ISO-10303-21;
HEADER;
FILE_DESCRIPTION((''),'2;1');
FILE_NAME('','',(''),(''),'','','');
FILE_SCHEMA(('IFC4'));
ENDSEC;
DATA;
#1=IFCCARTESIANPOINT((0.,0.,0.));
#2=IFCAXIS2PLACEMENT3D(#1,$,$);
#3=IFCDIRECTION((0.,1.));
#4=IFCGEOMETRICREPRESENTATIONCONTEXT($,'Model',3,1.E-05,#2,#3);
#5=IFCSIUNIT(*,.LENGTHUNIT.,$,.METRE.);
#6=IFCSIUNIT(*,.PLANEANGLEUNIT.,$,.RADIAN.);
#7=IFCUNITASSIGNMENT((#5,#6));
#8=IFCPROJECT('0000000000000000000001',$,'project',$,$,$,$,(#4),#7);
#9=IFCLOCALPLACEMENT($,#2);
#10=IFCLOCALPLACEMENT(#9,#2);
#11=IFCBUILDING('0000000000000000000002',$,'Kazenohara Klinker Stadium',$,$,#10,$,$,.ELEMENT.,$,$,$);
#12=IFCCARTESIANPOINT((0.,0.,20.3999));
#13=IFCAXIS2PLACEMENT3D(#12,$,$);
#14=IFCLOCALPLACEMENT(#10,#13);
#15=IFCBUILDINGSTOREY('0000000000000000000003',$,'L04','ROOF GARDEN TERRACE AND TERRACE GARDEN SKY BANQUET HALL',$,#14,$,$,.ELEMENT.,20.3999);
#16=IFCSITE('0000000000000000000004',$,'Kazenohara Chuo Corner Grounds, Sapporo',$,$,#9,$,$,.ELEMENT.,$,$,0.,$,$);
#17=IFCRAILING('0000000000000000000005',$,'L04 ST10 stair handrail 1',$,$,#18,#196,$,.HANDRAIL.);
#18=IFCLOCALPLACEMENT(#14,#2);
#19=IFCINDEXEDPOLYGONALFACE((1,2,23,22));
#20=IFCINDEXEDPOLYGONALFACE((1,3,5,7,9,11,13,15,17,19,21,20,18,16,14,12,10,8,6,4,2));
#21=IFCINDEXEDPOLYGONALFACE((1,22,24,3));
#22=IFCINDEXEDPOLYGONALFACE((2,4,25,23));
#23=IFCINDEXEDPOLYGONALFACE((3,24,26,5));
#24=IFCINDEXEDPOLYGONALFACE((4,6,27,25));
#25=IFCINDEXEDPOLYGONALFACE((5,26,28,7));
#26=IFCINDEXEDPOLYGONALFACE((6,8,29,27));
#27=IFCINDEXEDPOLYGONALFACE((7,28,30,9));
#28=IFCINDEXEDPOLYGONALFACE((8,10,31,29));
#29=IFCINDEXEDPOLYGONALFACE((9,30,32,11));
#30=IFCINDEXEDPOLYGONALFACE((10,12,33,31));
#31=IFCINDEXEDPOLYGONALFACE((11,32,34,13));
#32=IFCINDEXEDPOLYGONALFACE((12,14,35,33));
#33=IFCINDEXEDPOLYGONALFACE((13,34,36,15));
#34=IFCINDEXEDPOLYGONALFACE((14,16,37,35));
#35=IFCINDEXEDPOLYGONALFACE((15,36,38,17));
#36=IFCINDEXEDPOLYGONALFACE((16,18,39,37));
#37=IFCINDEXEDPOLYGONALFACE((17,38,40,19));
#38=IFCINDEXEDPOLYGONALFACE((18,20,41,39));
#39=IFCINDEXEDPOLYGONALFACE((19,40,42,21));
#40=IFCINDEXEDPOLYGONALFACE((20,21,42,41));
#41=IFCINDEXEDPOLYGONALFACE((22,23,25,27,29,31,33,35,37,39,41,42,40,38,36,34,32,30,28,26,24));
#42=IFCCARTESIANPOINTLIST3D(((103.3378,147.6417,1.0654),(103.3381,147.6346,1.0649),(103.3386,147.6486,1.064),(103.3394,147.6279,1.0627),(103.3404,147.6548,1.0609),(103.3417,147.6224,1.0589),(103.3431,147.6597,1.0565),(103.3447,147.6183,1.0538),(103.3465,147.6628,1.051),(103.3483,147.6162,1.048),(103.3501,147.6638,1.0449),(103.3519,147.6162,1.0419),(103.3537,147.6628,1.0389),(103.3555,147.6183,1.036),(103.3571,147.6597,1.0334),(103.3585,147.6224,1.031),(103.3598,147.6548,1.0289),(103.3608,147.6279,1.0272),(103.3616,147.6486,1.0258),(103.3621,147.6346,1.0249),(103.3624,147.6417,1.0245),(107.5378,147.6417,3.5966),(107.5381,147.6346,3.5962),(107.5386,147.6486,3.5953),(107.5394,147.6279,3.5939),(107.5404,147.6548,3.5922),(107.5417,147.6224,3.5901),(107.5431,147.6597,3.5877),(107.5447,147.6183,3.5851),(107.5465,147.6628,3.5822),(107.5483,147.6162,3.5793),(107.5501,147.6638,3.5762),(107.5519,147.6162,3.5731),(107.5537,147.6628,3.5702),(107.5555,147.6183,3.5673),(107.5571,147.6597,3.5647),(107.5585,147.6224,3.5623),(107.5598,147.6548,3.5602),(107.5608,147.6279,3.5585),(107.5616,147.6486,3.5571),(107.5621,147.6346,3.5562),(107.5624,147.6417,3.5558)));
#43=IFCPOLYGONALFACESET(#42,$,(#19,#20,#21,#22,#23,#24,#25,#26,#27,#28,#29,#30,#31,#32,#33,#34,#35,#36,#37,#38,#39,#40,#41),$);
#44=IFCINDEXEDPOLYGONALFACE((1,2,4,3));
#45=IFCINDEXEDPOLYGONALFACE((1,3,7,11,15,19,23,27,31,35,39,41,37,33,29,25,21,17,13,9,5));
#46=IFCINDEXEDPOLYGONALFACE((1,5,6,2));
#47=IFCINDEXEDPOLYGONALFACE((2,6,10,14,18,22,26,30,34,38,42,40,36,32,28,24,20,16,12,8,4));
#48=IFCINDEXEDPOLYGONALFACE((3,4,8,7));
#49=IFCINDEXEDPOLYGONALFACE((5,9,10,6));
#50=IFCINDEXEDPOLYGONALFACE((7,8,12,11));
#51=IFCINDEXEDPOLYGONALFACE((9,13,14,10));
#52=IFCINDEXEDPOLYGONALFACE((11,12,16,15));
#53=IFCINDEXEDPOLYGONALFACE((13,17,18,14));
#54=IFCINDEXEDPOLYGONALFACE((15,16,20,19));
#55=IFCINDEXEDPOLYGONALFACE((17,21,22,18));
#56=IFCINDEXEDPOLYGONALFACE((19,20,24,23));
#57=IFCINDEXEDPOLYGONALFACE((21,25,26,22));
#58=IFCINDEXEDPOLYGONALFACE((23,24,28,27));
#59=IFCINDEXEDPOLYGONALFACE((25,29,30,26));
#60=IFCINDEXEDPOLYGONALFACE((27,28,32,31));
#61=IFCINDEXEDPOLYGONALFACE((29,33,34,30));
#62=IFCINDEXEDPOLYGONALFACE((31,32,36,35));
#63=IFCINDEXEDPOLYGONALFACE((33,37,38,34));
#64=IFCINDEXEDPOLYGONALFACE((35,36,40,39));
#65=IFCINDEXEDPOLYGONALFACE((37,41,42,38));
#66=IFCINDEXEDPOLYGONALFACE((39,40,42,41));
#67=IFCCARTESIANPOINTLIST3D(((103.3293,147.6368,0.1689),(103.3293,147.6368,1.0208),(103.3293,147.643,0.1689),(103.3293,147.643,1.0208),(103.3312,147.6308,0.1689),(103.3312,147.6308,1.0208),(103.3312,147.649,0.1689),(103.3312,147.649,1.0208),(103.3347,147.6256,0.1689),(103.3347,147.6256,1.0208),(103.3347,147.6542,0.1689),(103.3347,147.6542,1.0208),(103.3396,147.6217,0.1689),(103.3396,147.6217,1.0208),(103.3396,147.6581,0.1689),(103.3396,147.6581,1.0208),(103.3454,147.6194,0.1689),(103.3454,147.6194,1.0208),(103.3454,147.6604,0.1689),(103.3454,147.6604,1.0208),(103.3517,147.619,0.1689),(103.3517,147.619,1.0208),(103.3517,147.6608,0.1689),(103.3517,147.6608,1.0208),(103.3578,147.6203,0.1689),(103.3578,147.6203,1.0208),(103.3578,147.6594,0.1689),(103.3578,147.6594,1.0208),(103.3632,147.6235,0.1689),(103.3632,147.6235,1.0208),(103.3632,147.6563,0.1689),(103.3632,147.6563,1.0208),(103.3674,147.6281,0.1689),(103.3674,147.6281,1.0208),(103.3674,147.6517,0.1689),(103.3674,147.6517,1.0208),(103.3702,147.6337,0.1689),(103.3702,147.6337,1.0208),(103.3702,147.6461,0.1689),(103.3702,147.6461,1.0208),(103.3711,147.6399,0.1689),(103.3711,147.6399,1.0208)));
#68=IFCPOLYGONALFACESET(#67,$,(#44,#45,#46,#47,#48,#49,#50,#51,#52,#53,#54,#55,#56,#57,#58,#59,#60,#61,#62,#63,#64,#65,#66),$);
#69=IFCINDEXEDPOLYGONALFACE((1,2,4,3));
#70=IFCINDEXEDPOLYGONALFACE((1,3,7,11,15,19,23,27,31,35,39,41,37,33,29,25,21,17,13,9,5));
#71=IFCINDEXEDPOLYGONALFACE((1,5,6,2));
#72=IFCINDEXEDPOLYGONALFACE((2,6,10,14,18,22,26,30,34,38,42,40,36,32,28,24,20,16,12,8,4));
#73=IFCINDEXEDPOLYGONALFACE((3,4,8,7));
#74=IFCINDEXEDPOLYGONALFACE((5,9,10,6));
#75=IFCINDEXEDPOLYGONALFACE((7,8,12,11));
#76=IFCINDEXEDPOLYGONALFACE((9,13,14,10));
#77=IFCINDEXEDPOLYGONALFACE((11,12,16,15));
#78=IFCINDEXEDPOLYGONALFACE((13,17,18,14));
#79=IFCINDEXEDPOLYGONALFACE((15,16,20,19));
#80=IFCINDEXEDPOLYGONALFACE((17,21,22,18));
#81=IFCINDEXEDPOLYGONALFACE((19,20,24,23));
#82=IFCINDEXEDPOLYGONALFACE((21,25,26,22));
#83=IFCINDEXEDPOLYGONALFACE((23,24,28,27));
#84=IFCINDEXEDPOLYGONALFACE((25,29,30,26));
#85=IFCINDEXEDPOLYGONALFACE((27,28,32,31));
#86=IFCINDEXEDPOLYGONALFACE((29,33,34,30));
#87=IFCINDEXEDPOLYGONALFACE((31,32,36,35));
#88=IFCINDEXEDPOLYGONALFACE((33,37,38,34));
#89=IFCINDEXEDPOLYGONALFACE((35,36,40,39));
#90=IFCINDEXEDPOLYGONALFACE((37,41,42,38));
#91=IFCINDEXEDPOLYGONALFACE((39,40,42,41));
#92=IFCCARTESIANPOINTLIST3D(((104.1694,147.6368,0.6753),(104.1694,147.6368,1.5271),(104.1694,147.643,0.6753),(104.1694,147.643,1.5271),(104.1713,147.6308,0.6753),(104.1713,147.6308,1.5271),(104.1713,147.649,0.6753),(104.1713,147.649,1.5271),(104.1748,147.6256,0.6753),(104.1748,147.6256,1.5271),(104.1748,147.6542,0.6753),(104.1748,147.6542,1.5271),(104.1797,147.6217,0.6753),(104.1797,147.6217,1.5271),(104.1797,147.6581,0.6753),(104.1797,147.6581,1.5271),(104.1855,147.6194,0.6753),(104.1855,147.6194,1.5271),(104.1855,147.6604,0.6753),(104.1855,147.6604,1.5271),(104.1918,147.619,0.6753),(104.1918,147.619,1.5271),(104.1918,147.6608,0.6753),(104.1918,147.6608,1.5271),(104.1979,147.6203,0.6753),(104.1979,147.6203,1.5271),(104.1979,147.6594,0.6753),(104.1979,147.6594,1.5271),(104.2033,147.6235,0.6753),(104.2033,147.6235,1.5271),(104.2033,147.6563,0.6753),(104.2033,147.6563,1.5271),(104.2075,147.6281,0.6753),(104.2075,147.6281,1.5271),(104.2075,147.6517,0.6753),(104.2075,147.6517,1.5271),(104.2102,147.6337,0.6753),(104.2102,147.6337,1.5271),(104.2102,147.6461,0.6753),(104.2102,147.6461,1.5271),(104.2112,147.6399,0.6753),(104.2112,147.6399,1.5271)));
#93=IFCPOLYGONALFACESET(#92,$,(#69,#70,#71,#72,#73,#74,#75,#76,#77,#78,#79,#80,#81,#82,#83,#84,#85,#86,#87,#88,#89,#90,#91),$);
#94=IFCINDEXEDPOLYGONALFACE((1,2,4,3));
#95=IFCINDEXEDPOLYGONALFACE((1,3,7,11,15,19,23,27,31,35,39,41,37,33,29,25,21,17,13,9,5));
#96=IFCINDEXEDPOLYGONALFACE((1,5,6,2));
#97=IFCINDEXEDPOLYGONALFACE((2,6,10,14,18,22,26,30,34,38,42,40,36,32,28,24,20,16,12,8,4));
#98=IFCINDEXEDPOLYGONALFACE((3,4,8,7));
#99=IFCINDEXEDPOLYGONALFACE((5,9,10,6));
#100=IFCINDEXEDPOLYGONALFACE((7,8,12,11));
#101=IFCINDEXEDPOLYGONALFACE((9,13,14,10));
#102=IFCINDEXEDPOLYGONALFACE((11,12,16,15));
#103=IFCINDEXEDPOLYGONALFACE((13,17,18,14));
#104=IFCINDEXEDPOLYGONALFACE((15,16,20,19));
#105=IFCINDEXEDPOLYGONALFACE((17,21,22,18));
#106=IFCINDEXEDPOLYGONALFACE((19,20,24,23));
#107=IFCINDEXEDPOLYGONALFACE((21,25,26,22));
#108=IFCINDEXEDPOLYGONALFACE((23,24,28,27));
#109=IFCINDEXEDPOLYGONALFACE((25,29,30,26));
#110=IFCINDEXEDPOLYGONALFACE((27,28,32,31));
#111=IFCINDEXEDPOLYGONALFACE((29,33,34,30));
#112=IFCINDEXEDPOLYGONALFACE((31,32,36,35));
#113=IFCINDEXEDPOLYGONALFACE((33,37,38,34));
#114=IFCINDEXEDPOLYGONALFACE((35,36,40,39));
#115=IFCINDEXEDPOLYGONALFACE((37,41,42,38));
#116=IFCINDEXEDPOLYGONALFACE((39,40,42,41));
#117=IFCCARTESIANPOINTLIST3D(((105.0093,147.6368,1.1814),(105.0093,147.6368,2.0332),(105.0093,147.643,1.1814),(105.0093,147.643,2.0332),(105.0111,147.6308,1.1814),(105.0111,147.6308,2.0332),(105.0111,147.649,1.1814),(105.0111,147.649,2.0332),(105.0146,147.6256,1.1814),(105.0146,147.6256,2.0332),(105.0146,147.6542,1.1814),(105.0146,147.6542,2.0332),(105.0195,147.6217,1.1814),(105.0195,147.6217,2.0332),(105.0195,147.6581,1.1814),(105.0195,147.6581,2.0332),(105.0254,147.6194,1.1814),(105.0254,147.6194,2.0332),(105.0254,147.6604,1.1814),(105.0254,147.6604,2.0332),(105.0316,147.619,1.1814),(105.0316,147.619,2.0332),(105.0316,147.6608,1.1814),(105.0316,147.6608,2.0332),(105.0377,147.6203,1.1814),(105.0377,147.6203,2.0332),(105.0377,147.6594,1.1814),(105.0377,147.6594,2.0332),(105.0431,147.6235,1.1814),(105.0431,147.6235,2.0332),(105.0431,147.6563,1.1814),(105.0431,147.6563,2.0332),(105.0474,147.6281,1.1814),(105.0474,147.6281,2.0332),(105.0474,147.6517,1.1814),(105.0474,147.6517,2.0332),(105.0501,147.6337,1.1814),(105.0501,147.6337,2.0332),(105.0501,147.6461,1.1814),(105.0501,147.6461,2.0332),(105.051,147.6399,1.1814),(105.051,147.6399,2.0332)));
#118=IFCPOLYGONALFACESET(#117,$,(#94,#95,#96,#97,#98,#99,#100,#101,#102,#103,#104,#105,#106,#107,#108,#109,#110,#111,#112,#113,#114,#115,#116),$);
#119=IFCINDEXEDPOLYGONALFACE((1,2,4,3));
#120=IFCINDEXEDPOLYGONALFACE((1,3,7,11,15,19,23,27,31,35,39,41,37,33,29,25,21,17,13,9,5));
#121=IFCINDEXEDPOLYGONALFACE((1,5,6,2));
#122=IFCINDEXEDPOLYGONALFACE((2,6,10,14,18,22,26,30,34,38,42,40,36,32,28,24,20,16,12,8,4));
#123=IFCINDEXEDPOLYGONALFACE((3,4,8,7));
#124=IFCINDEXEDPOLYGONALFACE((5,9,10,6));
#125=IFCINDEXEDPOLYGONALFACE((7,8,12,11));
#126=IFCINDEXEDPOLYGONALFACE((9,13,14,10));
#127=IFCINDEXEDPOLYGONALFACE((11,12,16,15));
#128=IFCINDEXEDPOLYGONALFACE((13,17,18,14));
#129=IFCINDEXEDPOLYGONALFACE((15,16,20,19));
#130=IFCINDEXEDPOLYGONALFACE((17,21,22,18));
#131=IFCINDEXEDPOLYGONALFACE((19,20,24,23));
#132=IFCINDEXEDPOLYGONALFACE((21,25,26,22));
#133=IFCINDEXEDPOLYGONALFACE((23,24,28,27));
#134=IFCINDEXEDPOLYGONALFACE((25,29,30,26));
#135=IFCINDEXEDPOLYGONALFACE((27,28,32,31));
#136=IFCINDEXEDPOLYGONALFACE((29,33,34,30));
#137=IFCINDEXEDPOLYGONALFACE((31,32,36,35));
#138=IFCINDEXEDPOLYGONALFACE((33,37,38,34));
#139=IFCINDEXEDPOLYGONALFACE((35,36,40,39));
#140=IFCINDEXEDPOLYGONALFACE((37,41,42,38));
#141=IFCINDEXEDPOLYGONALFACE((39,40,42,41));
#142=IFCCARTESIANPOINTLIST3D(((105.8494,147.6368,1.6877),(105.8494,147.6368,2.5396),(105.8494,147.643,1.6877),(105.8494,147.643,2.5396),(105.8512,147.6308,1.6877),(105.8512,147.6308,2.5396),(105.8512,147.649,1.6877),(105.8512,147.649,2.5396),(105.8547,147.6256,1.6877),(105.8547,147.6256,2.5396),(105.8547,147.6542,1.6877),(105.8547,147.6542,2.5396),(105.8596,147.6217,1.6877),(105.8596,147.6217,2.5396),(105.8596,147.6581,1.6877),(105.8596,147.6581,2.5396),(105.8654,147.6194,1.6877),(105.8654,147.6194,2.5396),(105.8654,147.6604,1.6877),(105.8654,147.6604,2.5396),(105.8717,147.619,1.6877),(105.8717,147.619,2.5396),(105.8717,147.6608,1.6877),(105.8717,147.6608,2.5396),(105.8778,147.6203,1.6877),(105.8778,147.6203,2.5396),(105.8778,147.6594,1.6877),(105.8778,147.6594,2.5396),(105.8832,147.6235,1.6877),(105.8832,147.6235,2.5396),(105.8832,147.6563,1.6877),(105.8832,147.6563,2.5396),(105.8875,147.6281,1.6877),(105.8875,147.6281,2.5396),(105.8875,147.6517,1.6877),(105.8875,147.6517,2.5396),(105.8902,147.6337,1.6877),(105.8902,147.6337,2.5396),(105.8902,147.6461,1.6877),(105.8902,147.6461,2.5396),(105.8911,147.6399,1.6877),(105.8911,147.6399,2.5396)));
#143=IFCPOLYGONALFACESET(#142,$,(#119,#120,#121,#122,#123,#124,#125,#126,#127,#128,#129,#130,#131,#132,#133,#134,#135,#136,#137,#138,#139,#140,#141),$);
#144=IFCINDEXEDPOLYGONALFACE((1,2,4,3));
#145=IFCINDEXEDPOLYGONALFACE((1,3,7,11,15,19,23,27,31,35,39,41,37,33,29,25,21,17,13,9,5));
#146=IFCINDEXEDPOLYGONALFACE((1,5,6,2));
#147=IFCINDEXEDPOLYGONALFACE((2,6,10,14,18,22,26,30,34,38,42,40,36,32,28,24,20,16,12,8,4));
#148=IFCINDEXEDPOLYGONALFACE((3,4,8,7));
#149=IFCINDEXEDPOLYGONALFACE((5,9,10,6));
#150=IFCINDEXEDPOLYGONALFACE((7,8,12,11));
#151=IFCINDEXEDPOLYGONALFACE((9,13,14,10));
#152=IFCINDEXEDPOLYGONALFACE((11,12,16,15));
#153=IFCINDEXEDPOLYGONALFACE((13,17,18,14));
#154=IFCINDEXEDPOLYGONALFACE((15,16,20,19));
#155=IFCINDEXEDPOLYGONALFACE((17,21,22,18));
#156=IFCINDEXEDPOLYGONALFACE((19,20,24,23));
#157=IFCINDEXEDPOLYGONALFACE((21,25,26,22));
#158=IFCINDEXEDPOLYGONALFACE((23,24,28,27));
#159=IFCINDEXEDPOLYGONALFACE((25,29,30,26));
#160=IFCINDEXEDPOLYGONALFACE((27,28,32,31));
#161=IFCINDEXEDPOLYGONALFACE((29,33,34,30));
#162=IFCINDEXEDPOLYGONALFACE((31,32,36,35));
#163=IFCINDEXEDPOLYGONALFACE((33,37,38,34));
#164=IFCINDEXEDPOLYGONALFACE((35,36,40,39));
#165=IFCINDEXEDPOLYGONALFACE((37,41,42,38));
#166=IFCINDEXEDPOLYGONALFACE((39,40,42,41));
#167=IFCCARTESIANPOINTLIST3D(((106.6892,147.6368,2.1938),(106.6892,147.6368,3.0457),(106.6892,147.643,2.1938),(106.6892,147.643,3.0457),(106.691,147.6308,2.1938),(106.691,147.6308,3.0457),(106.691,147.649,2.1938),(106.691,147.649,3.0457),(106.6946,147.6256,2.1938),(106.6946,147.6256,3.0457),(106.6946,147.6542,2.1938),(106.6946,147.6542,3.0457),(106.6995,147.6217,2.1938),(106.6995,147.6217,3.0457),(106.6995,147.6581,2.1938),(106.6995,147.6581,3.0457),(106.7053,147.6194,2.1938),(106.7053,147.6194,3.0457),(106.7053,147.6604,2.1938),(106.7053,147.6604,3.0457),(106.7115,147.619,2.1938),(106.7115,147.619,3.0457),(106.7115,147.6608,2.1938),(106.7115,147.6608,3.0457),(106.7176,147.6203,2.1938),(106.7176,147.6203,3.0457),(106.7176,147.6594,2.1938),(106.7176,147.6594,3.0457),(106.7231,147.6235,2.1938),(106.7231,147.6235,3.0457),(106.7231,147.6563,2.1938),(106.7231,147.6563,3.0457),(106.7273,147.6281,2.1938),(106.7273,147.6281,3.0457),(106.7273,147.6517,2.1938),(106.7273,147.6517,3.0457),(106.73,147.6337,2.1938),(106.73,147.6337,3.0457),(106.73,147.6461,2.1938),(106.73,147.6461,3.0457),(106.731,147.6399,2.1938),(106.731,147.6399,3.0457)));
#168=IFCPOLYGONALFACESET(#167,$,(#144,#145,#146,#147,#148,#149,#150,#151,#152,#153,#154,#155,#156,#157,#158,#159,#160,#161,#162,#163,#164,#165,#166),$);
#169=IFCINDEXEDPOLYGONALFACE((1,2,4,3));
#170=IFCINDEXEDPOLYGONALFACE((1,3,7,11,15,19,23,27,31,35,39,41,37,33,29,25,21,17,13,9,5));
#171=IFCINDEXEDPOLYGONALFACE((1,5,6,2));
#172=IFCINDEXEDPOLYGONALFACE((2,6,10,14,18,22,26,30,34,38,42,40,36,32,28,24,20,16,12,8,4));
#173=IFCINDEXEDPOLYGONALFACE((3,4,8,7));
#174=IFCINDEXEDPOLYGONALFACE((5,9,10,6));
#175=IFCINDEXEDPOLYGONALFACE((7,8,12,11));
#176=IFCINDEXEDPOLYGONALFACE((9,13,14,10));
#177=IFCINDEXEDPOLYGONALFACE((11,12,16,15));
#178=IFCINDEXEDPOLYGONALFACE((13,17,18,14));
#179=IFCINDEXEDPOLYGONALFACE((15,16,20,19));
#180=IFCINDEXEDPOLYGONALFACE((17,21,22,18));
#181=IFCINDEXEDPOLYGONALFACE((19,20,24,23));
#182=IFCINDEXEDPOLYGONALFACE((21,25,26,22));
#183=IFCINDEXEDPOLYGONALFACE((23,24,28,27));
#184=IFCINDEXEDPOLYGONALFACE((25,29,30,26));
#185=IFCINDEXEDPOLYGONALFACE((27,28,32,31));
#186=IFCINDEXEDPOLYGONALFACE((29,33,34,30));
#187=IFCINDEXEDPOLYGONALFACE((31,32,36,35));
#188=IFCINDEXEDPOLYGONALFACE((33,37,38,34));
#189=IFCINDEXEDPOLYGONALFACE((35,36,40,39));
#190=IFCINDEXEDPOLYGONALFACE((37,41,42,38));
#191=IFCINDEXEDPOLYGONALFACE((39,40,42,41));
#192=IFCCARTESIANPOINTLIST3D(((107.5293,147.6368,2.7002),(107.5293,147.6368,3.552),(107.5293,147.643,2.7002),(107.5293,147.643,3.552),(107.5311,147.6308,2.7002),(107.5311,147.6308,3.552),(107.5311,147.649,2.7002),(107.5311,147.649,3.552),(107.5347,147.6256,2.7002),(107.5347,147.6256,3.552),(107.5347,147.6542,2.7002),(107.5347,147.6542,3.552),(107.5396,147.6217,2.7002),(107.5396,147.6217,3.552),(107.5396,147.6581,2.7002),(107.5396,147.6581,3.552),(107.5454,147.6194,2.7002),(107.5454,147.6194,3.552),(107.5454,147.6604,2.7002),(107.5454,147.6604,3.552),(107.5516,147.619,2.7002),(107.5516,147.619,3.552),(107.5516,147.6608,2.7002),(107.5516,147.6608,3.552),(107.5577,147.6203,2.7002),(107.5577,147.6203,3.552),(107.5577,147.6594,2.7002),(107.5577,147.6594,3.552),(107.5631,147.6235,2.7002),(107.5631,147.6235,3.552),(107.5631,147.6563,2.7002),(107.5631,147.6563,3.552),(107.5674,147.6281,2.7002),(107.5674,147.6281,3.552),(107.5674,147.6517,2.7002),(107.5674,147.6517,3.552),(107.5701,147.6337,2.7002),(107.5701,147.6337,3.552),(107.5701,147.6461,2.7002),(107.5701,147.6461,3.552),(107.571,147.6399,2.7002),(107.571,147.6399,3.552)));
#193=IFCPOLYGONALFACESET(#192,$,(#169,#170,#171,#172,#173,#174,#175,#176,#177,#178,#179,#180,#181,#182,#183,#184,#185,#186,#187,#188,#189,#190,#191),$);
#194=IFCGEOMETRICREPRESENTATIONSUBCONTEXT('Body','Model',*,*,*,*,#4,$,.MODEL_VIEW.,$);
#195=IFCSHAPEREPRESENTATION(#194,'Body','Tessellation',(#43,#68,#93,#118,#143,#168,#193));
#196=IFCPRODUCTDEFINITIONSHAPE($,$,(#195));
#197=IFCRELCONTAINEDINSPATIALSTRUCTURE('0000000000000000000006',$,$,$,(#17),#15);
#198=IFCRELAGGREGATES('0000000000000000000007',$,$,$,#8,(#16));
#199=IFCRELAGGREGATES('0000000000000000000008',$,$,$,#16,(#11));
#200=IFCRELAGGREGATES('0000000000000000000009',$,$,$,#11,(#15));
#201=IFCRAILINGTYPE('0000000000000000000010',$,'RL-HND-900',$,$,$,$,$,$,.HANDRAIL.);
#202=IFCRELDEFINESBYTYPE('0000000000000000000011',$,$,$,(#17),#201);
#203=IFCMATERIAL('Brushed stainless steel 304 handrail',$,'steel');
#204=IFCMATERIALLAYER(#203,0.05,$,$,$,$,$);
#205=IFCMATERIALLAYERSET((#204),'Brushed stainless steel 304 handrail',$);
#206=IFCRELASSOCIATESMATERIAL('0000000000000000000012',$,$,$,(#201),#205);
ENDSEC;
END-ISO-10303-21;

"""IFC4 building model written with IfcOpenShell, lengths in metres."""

from ifc_helpers import new_model, si_unit, direction, frame, origin, origin_2d, place, context, subcontext, project, spatial, circle, extrude, material, layer, layer_set, type_object, element, save


model = new_model("IFC4")

# Units and contexts
model_context = context("Model", 3, precision=1e-05, world=origin(), true_north=direction((0.0, 1.0)))
body_context = subcontext(model_context, "Body", "Model", "MODEL_VIEW")
ifc_project = project(units=[si_unit("LENGTHUNIT", "METRE"), si_unit("PLANEANGLEUNIT", "RADIAN")], contexts=[model_context])

# Site, building, storey
site_placement = place(None, origin())
site = spatial("IfcSite", under=ifc_project, at=site_placement, Name="Kazenohara Chuo Corner Grounds, Sapporo", CompositionType="ELEMENT", RefElevation=0.0)
building_placement = place(site_placement, origin())
building = spatial("IfcBuilding", under=site, at=building_placement, Name="Kazenohara Klinker Stadium", CompositionType="ELEMENT")
storey_placement = place(building_placement, frame((0.0, 0.0, 20.3999)))
storey = spatial("IfcBuildingStorey", under=building, at=storey_placement, Name="L04", Description="ROOF GARDEN TERRACE AND TERRACE GARDEN SKY BANQUET HALL", CompositionType="ELEMENT", Elevation=20.3999)

# Railing
ifc_material_1 = material(Name="Brushed stainless steel 304 handrail", Category="steel")
ifc_layer_1 = layer(ifc_material_1, 0.05)
ifc_layer_set_1 = layer_set([ifc_layer_1], Name="Brushed stainless steel 304 handrail")
railing_type_1 = type_object("IfcRailingType", Name="RL-HND-900", PredefinedType="HANDRAIL", material=ifc_layer_set_1)
railing_1_placement = place(storey_placement, frame((103.3501, 147.6399, 0.1689)))
element("IfcRailing", 1, at=railing_1_placement, inside=storey, type_object=railing_type_1, Name="L04 ST10 stair handrail 1", PredefinedType="HANDRAIL", context=body_context, shape_type="SweptSolid", body=[
    extrude(circle(Radius=0.0239, at=origin_2d()), frame((0.0, 0.0, 0.876), z_axis=(0.856476, 0.0, 0.516186), x_axis=(0.0, 1.0, 0.0)), (0.0, 0.0, 1.0), 4.9038),
    extrude(circle(Radius=0.021, at=origin_2d()), origin(), (0.0, 0.0, 1.0), 0.8518),
    extrude(circle(Radius=0.021, at=origin_2d()), frame((0.8401, 0.0, 0.5063)), (0.0, 0.0, 1.0), 0.8518),
    extrude(circle(Radius=0.021, at=origin_2d()), frame((1.6799, 0.0, 1.0125)), (0.0, 0.0, 1.0), 0.8518),
    extrude(circle(Radius=0.021, at=origin_2d()), frame((2.52, 0.0, 1.5188)), (0.0, 0.0, 1.0), 0.8518),
    extrude(circle(Radius=0.021, at=origin_2d()), frame((3.3599, 0.0, 2.0249)), (0.0, 0.0, 1.0), 0.8518),
    extrude(circle(Radius=0.021, at=origin_2d()), frame((4.2, 0.0, 2.5312)), (0.0, 0.0, 1.0), 0.8518),
])

save(model, "model.ifc")
